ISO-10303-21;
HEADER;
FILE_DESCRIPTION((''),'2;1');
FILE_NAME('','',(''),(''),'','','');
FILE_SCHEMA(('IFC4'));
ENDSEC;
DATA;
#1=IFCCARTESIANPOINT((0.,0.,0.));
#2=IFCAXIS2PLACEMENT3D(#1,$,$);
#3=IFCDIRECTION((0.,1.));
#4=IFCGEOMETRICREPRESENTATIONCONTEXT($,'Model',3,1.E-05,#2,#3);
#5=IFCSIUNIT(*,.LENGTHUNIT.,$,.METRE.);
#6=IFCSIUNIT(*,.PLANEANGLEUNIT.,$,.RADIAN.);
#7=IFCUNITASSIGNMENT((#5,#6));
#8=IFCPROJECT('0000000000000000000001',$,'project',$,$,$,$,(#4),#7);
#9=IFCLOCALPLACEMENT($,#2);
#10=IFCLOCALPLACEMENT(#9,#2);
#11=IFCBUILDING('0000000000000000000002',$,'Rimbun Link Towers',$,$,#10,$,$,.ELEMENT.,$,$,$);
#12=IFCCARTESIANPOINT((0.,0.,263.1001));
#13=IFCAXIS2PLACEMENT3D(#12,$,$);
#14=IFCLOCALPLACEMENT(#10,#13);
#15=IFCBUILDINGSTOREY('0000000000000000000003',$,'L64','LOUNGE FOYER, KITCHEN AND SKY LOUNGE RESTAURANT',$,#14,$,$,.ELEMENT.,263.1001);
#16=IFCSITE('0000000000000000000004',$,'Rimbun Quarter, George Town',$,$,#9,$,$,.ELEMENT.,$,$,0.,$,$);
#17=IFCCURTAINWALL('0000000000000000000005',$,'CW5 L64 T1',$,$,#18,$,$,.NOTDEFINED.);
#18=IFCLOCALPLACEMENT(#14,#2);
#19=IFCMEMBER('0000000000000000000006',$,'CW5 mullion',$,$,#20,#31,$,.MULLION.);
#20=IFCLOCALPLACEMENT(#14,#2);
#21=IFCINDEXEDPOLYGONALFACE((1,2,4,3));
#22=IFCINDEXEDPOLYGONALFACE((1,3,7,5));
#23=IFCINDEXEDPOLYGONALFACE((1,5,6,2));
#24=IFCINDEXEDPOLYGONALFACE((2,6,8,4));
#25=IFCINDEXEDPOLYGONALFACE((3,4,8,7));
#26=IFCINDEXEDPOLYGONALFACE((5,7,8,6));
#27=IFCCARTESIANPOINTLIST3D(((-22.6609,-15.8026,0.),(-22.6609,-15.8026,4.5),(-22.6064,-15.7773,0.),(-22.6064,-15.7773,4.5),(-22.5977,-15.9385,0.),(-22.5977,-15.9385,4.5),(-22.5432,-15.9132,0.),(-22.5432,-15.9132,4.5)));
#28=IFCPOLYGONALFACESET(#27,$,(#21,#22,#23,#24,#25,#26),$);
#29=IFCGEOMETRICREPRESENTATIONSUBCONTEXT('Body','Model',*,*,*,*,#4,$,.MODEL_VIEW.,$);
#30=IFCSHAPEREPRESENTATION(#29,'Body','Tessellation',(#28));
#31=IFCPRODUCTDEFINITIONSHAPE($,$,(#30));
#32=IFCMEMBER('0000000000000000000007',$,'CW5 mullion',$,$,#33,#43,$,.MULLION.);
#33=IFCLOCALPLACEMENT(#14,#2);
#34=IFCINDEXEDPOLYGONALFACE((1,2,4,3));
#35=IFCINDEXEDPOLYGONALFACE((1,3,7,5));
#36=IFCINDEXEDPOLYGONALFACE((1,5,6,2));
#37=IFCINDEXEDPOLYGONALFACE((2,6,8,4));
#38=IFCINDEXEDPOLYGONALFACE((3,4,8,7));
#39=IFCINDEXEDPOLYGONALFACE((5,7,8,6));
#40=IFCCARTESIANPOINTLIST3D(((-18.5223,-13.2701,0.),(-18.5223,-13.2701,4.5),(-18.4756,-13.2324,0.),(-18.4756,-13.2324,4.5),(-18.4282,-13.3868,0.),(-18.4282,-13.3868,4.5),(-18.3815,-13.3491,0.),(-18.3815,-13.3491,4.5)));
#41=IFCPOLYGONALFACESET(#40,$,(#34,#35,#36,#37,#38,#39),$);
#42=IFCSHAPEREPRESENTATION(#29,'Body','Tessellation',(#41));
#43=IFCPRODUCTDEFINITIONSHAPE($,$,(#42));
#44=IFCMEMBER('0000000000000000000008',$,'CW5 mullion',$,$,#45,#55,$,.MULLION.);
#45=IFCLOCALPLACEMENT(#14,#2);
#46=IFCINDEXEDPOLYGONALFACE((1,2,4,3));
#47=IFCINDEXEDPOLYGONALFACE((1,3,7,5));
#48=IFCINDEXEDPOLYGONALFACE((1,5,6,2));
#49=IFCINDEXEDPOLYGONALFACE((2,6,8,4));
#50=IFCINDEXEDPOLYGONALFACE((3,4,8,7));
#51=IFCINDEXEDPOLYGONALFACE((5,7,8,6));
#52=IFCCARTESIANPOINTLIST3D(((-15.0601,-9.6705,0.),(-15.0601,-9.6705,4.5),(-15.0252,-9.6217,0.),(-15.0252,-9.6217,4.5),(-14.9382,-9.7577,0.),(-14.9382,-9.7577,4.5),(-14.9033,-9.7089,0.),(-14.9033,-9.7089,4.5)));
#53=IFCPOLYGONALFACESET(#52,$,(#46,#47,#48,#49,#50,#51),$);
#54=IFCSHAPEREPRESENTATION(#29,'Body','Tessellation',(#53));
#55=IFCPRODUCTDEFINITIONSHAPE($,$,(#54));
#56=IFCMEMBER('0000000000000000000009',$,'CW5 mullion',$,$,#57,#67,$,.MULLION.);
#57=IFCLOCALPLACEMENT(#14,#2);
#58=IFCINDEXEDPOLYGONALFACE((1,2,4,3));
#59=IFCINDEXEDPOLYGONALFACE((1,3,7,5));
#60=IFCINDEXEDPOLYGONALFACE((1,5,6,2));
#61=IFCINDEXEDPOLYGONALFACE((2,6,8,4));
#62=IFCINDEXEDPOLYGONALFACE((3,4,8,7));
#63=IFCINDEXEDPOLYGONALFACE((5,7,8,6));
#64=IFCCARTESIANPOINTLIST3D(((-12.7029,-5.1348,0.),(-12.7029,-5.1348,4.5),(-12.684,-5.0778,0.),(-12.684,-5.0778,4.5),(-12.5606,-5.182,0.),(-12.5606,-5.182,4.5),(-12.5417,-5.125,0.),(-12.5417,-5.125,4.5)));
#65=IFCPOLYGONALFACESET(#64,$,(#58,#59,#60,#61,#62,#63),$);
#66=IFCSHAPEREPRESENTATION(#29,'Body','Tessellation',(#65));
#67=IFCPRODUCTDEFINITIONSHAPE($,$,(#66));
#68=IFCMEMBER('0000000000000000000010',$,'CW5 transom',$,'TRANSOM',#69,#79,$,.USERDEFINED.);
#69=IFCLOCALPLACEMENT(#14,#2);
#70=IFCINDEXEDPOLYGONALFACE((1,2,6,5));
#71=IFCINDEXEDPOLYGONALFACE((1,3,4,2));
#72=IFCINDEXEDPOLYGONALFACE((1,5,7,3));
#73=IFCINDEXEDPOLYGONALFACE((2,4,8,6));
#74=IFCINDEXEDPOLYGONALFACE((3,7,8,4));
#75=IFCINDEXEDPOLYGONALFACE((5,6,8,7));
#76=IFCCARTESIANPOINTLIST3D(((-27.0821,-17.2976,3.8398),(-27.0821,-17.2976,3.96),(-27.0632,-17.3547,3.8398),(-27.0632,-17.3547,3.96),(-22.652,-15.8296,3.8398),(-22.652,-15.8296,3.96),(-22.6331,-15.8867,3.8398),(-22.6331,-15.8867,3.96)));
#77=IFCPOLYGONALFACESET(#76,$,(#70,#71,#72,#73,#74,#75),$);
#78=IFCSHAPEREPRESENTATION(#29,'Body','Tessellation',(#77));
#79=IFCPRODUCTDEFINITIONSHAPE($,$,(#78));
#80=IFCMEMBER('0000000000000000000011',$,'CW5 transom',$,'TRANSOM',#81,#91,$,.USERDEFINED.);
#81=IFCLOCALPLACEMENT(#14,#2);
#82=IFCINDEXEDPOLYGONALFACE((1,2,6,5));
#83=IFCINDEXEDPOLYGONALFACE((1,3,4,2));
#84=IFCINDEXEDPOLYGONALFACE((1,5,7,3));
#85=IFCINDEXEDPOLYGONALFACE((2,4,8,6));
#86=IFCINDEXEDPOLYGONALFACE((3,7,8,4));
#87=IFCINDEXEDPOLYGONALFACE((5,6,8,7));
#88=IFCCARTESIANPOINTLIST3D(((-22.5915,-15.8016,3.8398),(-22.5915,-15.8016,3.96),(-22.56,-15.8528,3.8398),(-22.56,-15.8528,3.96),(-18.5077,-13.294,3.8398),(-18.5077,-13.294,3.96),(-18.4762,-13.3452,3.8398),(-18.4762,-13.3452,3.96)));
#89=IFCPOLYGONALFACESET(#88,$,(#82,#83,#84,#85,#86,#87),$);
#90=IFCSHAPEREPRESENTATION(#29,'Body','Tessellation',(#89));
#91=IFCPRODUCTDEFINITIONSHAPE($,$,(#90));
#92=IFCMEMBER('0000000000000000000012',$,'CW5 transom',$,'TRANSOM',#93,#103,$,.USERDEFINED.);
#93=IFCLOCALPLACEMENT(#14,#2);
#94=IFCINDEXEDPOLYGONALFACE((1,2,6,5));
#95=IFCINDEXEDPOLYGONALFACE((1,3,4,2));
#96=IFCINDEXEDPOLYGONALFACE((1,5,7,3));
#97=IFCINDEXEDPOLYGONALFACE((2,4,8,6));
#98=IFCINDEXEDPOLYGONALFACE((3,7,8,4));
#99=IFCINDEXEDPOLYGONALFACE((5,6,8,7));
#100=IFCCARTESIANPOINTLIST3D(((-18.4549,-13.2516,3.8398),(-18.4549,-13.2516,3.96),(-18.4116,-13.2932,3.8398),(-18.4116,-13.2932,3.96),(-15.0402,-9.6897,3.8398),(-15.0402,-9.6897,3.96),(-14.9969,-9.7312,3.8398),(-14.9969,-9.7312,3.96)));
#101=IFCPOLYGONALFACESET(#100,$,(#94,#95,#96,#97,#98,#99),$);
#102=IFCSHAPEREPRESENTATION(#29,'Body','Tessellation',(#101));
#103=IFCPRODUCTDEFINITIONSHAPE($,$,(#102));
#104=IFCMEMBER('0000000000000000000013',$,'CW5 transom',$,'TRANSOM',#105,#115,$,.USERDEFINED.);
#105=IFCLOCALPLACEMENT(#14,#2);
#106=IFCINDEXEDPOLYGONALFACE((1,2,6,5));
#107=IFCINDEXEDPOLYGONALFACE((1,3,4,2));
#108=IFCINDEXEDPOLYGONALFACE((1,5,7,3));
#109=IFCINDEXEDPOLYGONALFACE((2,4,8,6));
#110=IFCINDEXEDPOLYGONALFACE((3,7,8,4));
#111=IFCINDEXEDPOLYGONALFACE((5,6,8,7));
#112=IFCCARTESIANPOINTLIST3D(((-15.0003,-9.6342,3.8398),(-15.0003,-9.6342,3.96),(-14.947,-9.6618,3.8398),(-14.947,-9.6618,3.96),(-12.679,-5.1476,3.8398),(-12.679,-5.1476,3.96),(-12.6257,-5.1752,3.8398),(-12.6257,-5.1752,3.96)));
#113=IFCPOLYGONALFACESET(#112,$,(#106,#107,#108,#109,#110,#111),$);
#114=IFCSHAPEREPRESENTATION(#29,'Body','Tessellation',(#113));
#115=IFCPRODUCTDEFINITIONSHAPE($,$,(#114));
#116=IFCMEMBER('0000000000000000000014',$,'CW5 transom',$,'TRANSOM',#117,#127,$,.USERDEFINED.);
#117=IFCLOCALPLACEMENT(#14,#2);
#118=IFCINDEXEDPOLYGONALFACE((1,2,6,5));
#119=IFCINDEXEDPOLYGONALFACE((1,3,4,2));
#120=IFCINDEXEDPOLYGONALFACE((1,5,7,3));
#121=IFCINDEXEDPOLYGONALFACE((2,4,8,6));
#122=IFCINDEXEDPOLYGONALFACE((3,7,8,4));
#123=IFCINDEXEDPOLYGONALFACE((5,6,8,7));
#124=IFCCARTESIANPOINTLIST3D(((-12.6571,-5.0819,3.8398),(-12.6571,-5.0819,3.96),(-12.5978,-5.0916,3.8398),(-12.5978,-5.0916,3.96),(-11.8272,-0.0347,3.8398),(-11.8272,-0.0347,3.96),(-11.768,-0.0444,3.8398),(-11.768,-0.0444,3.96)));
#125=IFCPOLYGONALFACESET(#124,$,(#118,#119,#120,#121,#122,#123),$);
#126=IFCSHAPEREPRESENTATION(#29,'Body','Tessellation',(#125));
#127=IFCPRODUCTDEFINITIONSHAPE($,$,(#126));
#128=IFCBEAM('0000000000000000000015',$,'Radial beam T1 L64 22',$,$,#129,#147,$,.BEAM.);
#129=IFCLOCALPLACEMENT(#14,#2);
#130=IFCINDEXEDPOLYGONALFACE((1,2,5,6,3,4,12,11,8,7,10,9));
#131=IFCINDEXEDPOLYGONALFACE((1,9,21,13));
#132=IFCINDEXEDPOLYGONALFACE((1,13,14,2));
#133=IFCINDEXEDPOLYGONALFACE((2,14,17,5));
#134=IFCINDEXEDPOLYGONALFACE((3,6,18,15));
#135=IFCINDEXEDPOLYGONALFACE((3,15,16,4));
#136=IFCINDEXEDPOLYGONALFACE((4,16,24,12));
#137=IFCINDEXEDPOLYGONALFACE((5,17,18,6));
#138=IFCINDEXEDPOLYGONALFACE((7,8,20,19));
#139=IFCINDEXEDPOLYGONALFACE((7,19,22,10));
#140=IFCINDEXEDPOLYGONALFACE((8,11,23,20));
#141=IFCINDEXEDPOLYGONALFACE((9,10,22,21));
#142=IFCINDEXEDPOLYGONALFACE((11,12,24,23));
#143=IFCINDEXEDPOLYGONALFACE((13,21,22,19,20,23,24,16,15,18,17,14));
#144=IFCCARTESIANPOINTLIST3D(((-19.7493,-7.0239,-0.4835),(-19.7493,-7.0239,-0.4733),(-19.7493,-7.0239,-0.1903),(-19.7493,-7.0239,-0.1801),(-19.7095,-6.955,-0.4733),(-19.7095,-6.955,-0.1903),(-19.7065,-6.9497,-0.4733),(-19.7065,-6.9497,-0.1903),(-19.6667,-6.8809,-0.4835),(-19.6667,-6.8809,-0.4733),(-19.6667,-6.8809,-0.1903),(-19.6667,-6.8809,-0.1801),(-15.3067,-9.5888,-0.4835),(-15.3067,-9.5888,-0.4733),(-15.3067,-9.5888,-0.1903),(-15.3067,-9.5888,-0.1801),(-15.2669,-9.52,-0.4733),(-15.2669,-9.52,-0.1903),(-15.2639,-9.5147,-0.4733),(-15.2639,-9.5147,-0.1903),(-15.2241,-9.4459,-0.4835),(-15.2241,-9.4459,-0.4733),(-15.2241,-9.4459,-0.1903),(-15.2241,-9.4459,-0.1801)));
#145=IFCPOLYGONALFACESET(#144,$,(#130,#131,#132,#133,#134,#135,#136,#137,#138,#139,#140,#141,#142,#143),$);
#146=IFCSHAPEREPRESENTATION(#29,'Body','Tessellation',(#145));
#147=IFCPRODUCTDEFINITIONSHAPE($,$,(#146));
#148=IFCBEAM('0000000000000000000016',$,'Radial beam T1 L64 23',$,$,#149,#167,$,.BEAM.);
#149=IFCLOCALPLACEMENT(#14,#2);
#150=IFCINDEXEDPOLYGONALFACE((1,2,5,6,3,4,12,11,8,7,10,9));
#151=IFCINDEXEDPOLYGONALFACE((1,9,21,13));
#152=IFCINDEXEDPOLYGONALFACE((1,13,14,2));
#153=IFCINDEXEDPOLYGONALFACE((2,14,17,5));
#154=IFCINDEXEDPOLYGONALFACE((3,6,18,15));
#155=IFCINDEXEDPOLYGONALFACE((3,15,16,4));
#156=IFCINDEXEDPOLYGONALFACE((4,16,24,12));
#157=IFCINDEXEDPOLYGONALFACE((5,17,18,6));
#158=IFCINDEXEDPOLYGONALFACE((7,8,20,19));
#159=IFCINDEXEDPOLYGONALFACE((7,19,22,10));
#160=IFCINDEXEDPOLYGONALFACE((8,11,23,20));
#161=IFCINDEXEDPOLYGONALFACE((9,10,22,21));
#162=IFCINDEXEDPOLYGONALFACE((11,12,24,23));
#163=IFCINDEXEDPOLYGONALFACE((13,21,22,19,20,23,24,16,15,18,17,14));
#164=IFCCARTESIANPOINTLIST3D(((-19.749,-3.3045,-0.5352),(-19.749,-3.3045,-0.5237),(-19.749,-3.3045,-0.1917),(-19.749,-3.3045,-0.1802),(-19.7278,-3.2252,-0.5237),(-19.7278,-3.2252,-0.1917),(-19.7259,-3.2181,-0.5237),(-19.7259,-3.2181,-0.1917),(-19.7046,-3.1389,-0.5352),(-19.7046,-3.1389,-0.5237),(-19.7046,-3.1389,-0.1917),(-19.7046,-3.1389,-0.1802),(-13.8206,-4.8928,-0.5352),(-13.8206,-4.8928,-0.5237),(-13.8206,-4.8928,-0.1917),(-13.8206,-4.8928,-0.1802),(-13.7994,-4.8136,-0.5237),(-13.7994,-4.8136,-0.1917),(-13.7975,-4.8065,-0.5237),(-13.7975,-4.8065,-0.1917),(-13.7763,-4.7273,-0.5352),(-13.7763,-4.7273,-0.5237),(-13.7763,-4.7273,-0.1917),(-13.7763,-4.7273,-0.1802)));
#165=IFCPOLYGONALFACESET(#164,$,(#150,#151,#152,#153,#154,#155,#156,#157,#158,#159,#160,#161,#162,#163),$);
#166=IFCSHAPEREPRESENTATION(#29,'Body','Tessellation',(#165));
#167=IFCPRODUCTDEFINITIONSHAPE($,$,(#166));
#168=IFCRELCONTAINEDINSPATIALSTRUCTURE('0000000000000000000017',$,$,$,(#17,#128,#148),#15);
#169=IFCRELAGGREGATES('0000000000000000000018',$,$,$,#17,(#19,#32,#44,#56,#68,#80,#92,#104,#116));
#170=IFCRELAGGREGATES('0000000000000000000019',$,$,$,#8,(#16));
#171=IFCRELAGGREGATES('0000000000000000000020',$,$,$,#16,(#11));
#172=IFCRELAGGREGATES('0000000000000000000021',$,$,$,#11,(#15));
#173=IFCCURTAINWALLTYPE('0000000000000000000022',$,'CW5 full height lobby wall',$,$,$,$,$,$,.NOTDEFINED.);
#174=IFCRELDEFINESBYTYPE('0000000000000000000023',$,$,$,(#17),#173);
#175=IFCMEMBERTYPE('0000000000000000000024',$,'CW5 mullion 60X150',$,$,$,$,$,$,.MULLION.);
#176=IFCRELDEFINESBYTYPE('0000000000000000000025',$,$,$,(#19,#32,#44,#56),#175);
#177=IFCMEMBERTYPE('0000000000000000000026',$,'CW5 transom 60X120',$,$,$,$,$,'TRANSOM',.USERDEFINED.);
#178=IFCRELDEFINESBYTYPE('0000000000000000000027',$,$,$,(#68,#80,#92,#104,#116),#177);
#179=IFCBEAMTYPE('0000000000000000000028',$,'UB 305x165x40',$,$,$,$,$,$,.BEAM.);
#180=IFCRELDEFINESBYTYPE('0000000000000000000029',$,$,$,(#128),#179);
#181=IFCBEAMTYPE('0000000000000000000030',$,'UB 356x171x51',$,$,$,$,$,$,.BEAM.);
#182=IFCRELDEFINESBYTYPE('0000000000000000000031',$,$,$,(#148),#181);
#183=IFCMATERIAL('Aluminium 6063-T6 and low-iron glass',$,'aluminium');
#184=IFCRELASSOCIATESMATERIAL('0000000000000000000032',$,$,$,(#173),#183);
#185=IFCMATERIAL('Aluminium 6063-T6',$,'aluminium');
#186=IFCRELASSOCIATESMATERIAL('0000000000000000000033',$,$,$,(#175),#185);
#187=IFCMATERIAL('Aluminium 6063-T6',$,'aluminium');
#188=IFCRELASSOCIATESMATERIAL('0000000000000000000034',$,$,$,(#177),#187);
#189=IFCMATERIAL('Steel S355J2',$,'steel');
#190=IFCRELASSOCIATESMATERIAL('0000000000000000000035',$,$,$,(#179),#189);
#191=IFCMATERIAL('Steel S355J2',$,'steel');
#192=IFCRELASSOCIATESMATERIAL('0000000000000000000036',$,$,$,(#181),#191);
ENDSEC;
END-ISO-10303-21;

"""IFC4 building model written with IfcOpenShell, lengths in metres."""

from ifc_helpers import new_model, si_unit, direction, frame, origin, origin_2d, place, context, subcontext, project, spatial, rectangle, i_section, extrude, material, material_profile, profile_set, type_object, element, aggregate, save


model = new_model("IFC4")

# Units and contexts
model_context = context("Model", 3, precision=1e-05, world=origin(), true_north=direction((0.0, 1.0)))
body_context = subcontext(model_context, "Body", "Model", "MODEL_VIEW")
ifc_project = project(units=[si_unit("LENGTHUNIT", "METRE"), si_unit("PLANEANGLEUNIT", "RADIAN")], contexts=[model_context])

# Site, building, storey
site_placement = place(None, origin())
site = spatial("IfcSite", under=ifc_project, at=site_placement, Name="Rimbun Quarter, George Town", CompositionType="ELEMENT", RefElevation=0.0)
building_placement = place(site_placement, origin())
building = spatial("IfcBuilding", under=site, at=building_placement, Name="Rimbun Link Towers", CompositionType="ELEMENT")
storey_placement = place(building_placement, frame((0.0, 0.0, 263.1001)))
storey = spatial("IfcBuildingStorey", under=building, at=storey_placement, Name="L64", Description="LOUNGE FOYER, KITCHEN AND SKY LOUNGE RESTAURANT", CompositionType="ELEMENT", Elevation=263.1001)

# Curtain wall, members
ifc_material_1 = material(Name="Aluminium 6063-T6 and low-iron glass", Category="aluminium")
curtain_wall_type = type_object("IfcCurtainWallType", Name="CW5 full height lobby wall", PredefinedType="NOTDEFINED", material=ifc_material_1)
curtain_wall_placement = place(storey_placement, origin())
curtain_wall = element("IfcCurtainWall", 1, at=curtain_wall_placement, inside=storey, type_object=curtain_wall_type, Name="CW5 L64 T1", PredefinedType="NOTDEFINED")
ifc_material_2 = material(Name="Aluminium 6063-T6", Category="aluminium")
ifc_material_profile_1 = material_profile(ifc_material_2, rectangle(XDim=0.1499, YDim=0.0601, at=origin_2d()), Name="MULLION 60X150")
ifc_profile_set_1 = profile_set([ifc_material_profile_1], Name="Aluminium 6063-T6")
member_type_1 = type_object("IfcMemberType", Name="CW5 mullion 60X150", PredefinedType="MULLION", material=ifc_profile_set_1)
member_1_placement = place(storey_placement, frame((-22.6021, -15.8579, 0.0), z_axis=(0.0, 0.0, 1.0), x_axis=(0.421704, -0.906734, 0.0)))
member_1 = element("IfcMember", 2, at=member_1_placement, type_object=member_type_1, Name="CW5 mullion", PredefinedType="MULLION", context=body_context, shape_type="SweptSolid", body=[
    extrude(rectangle(XDim=0.1499, YDim=0.0601, at=origin_2d()), origin(), (0.0, 0.0, 1.0), 4.5),
])
member_2_placement = place(storey_placement, frame((-18.4519, -13.3096, 0.0), z_axis=(0.0, 0.0, 1.0), x_axis=(0.627674, -0.778476, 0.0)))
member_2 = element("IfcMember", 3, at=member_2_placement, type_object=member_type_1, Name="CW5 mullion", PredefinedType="MULLION", context=body_context, shape_type="SweptSolid", body=[
    extrude(rectangle(XDim=0.1499, YDim=0.0601, at=origin_2d()), origin(), (0.0, 0.0, 1.0), 4.5),
])
member_3_placement = place(storey_placement, frame((-14.9817, -9.6897, 0.0), z_axis=(0.0, 0.0, 1.0), x_axis=(0.81335, -0.581775, 0.0)))
member_3 = element("IfcMember", 4, at=member_3_placement, type_object=member_type_1, Name="CW5 mullion", PredefinedType="MULLION", context=body_context, shape_type="SweptSolid", body=[
    extrude(rectangle(XDim=0.1499, YDim=0.0601, at=origin_2d()), origin(), (0.0, 0.0, 1.0), 4.5),
])
member_4_placement = place(storey_placement, frame((-12.6223, -5.1299, 0.0), z_axis=(0.0, 0.0, 1.0), x_axis=(0.949163, -0.314784, 0.0)))
member_4 = element("IfcMember", 5, at=member_4_placement, type_object=member_type_1, Name="CW5 mullion", PredefinedType="MULLION", context=body_context, shape_type="SweptSolid", body=[
    extrude(rectangle(XDim=0.1499, YDim=0.0601, at=origin_2d()), origin(), (0.0, 0.0, 1.0), 4.5),
])
ifc_material_3 = material(Name="Aluminium 6063-T6", Category="aluminium")
ifc_material_profile_2 = material_profile(ifc_material_3, rectangle(XDim=0.0601, YDim=0.1201, at=origin_2d()), Name="TRANSOM 60X120")
ifc_profile_set_2 = profile_set([ifc_material_profile_2], Name="Aluminium 6063-T6")
member_type_2 = type_object("IfcMemberType", Name="CW5 transom 60X120", ElementType="TRANSOM", PredefinedType="USERDEFINED", material=ifc_profile_set_2)
member_5_placement = place(storey_placement, frame((-22.6426, -15.8582, 3.8999), z_axis=(-0.949242, -0.314548, 0.0), x_axis=(0.314548, -0.949242, 0.0)))
member_5 = element("IfcMember", 6, at=member_5_placement, type_object=member_type_2, Name="CW5 transom", ObjectType="TRANSOM", PredefinedType="USERDEFINED", context=body_context, shape_type="SweptSolid", body=[
    extrude(rectangle(XDim=0.0601, YDim=0.1201, at=origin_2d()), origin(), (0.0, 0.0, 1.0), 4.667),
])
member_6_placement = place(storey_placement, frame((-18.4919, -13.3196, 3.8999), z_axis=(-0.85217, -0.523264, 0.0), x_axis=(0.523264, -0.85217, 0.0)))
member_6 = element("IfcMember", 7, at=member_6_placement, type_object=member_type_2, Name="CW5 transom", ObjectType="TRANSOM", PredefinedType="USERDEFINED", context=body_context, shape_type="SweptSolid", body=[
    extrude(rectangle(XDim=0.0601, YDim=0.1201, at=origin_2d()), origin(), (0.0, 0.0, 1.0), 4.7922),
])
member_7_placement = place(storey_placement, frame((-15.0186, -9.7104, 3.8999), z_axis=(-0.692032, -0.721867, 0.0), x_axis=(0.721867, -0.692032, 0.0)))
member_7 = element("IfcMember", 8, at=member_7_placement, type_object=member_type_2, Name="CW5 transom", ObjectType="TRANSOM", PredefinedType="USERDEFINED", context=body_context, shape_type="SweptSolid", body=[
    extrude(rectangle(XDim=0.0601, YDim=0.1201, at=origin_2d()), origin(), (0.0, 0.0, 1.0), 4.9343),
])
member_8_placement = place(storey_placement, frame((-12.6523, -5.1614, 3.8999), z_axis=(-0.459524, -0.888165, 0.0), x_axis=(0.888165, -0.459524, 0.0)))
member_8 = element("IfcMember", 9, at=member_8_placement, type_object=member_type_2, Name="CW5 transom", ObjectType="TRANSOM", PredefinedType="USERDEFINED", context=body_context, shape_type="SweptSolid", body=[
    extrude(rectangle(XDim=0.0601, YDim=0.1201, at=origin_2d()), origin(), (0.0, 0.0, 1.0), 5.0515),
])
member_9_placement = place(storey_placement, frame((-11.7976, -0.0396, 3.8999), z_axis=(-0.162239, -0.986751, 0.0), x_axis=(0.986751, -0.162239, 0.0)))
member_9 = element("IfcMember", 10, at=member_9_placement, type_object=member_type_2, Name="CW5 transom", ObjectType="TRANSOM", PredefinedType="USERDEFINED", context=body_context, shape_type="SweptSolid", body=[
    extrude(rectangle(XDim=0.0601, YDim=0.1201, at=origin_2d()), origin(), (0.0, 0.0, 1.0), 5.115),
])

# Beams
ifc_material_4 = material(Name="Steel S355J2", Category="steel")
ifc_material_profile_3 = material_profile(ifc_material_4, i_section(OverallWidth=0.165, OverallDepth=0.3035, WebThickness=0.0061, FlangeThickness=0.0103, at=origin_2d()), Name="UB 305x165x40")
ifc_profile_set_3 = profile_set([ifc_material_profile_3], Name="Steel S355J2")
beam_type_1 = type_object("IfcBeamType", Name="UB 305x165x40", PredefinedType="BEAM", material=ifc_profile_set_3)
beam_1_placement = place(storey_placement, frame((-19.708, -6.9524, -0.3318), z_axis=(0.866026, -0.499998, 0.0), x_axis=(0.499998, 0.866026, 0.0)))
element("IfcBeam", 11, at=beam_1_placement, inside=storey, type_object=beam_type_1, Name="Radial beam T1 L64 22", PredefinedType="BEAM", context=body_context, shape_type="SweptSolid", body=[
    extrude(i_section(OverallWidth=0.165, OverallDepth=0.3035, WebThickness=0.0061, FlangeThickness=0.0103, at=origin_2d()), origin(), (0.0, 0.0, 1.0), 5.1299),
])
ifc_material_5 = material(Name="Steel S355J2", Category="steel")
ifc_material_profile_4 = material_profile(ifc_material_5, i_section(OverallWidth=0.1714, OverallDepth=0.355, WebThickness=0.0073, FlangeThickness=0.0115, at=origin_2d()), Name="UB 356x171x51")
ifc_profile_set_4 = profile_set([ifc_material_profile_4], Name="Steel S355J2")
beam_type_2 = type_object("IfcBeamType", Name="UB 356x171x51", PredefinedType="BEAM", material=ifc_profile_set_4)
beam_2_placement = place(storey_placement, frame((-19.7268, -3.2217, -0.3577), z_axis=(0.965932, -0.258796, 0.0), x_axis=(0.258796, 0.965932, 0.0)))
element("IfcBeam", 12, at=beam_2_placement, inside=storey, type_object=beam_type_2, Name="Radial beam T1 L64 23", PredefinedType="BEAM", context=body_context, shape_type="SweptSolid", body=[
    extrude(i_section(OverallWidth=0.1714, OverallDepth=0.355, WebThickness=0.0073, FlangeThickness=0.0115, at=origin_2d()), origin(), (0.0, 0.0, 1.0), 6.1375),
])

aggregate(curtain_wall, [member_1, member_2, member_3, member_4, member_5, member_6, member_7, member_8, member_9])

save(model, "model.ifc")
